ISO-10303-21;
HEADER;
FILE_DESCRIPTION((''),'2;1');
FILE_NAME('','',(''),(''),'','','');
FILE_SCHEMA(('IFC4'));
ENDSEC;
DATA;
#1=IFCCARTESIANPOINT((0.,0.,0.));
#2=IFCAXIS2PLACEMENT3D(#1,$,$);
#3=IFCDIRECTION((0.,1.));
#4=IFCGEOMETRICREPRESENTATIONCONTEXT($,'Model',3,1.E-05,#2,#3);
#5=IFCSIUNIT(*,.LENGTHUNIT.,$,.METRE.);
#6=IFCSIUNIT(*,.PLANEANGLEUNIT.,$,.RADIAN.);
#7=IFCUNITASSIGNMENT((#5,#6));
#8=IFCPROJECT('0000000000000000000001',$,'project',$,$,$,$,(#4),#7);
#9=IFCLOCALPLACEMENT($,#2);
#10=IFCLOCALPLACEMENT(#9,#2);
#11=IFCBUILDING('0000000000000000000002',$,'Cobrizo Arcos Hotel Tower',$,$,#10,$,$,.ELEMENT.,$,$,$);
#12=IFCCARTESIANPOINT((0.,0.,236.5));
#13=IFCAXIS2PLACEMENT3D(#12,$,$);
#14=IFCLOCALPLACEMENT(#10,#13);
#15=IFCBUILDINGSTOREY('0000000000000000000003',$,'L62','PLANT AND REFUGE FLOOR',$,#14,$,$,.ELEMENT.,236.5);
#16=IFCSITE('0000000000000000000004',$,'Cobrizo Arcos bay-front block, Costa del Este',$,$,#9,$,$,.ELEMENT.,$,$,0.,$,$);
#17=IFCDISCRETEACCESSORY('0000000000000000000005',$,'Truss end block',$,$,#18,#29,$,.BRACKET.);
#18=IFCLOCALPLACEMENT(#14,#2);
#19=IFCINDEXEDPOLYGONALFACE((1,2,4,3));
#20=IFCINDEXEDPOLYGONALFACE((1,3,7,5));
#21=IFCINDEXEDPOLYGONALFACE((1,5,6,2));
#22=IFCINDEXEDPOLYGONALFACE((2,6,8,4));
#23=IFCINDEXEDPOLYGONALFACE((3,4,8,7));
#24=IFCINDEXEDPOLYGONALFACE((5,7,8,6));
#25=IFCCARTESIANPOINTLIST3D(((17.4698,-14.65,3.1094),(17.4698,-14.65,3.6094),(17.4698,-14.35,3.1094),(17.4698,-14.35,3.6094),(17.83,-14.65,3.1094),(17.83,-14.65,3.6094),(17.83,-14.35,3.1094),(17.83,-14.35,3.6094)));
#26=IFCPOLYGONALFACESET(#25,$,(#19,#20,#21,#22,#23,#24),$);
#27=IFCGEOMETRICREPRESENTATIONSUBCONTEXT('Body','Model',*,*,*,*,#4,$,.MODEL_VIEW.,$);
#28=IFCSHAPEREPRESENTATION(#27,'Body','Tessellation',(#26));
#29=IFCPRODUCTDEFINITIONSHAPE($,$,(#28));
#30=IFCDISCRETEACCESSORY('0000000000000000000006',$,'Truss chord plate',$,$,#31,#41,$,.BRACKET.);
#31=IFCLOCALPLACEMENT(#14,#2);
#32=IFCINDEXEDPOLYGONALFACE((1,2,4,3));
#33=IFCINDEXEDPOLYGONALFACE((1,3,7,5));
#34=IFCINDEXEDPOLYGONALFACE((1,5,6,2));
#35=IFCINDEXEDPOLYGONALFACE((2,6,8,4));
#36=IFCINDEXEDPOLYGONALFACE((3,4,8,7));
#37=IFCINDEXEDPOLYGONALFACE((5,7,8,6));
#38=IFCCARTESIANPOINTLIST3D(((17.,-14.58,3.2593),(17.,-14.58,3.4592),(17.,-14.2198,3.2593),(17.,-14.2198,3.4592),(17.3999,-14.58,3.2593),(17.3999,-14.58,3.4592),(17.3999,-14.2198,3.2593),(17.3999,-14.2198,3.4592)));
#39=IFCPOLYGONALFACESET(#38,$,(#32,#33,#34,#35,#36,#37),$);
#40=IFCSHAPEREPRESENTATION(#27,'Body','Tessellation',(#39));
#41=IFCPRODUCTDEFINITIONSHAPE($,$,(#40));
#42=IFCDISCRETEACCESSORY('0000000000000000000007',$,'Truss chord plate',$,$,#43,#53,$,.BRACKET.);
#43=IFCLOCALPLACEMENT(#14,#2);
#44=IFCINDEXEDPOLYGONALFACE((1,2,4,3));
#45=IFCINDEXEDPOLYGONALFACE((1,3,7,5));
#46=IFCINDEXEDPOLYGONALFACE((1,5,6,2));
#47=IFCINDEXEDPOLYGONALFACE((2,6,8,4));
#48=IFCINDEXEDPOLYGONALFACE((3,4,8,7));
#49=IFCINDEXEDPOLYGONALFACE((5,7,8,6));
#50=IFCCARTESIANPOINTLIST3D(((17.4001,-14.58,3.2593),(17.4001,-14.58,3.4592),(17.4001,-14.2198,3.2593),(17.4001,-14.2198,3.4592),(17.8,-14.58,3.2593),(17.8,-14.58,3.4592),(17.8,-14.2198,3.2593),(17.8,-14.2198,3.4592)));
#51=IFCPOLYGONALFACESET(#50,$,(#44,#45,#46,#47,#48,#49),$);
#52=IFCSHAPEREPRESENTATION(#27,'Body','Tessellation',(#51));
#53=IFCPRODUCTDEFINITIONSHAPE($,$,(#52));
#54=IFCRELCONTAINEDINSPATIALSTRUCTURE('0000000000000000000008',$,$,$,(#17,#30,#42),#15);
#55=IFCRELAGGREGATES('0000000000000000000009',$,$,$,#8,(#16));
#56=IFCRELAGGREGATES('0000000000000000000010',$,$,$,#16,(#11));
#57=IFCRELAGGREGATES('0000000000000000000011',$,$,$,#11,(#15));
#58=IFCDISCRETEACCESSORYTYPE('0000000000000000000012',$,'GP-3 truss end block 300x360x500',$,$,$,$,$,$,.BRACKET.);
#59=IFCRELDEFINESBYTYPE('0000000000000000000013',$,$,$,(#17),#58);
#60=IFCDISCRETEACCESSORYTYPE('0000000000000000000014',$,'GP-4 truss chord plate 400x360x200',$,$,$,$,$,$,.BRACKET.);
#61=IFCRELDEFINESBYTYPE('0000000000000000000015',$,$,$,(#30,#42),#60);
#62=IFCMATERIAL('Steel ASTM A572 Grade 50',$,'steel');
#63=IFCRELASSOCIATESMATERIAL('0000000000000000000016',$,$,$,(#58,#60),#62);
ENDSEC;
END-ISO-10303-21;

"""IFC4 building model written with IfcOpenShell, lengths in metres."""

from ifc_helpers import new_model, si_unit, direction, frame, origin, origin_2d, place, context, subcontext, project, spatial, rectangle, extrude, material, type_object, element, save


model = new_model("IFC4")

# Units and contexts
model_context = context("Model", 3, precision=1e-05, world=origin(), true_north=direction((0.0, 1.0)))
body_context = subcontext(model_context, "Body", "Model", "MODEL_VIEW")
ifc_project = project(units=[si_unit("LENGTHUNIT", "METRE"), si_unit("PLANEANGLEUNIT", "RADIAN")], contexts=[model_context])

# Site, building, storey
site_placement = place(None, origin())
site = spatial("IfcSite", under=ifc_project, at=site_placement, Name="Cobrizo Arcos bay-front block, Costa del Este", CompositionType="ELEMENT", RefElevation=0.0)
building_placement = place(site_placement, origin())
building = spatial("IfcBuilding", under=site, at=building_placement, Name="Cobrizo Arcos Hotel Tower", CompositionType="ELEMENT")
storey_placement = place(building_placement, frame((0.0, 0.0, 236.5)))
storey = spatial("IfcBuildingStorey", under=building, at=storey_placement, Name="L62", Description="PLANT AND REFUGE FLOOR", CompositionType="ELEMENT", Elevation=236.5)

# Shared definitions
ifc_material_1 = material(Name="Steel ASTM A572 Grade 50", Category="steel")

# Discrete accessories
discrete_accessory_type_1 = type_object("IfcDiscreteAccessoryType", Name="GP-3 truss end block 300x360x500", PredefinedType="BRACKET", material=ifc_material_1)
for number, where, z_axis, x_axis, name in (
    (1, (17.6499, -14.5, 3.1094), (0.0, 0.0, 1.0), (0.0, 1.0, 0.0), "Truss end block"),
):
    element("IfcDiscreteAccessory", number, at=place(storey_placement, frame(where, z_axis=z_axis, x_axis=x_axis)), inside=storey, type_object=discrete_accessory_type_1, Name=name, PredefinedType="BRACKET", context=body_context, shape_type="SweptSolid", body=[
        extrude(rectangle(XDim=0.3, YDim=0.3601, at=origin_2d()), origin(), (0.0, 0.0, 1.0), 0.5),
    ])
discrete_accessory_type_2 = type_object("IfcDiscreteAccessoryType", Name="GP-4 truss chord plate 400x360x200", PredefinedType="BRACKET", material=ifc_material_1)
for number, where, z_axis, x_axis, name in (
    (2, (17.2, -14.3999, 3.2593), (0.0, 0.0, 1.0), (1.0, 0.0, 0.0), "Truss chord plate"),
    (3, (17.6001, -14.3999, 3.2593), (0.0, 0.0, 1.0), (1.0, 0.0, 0.0), "Truss chord plate"),
):
    element("IfcDiscreteAccessory", number, at=place(storey_placement, frame(where, z_axis=z_axis, x_axis=x_axis)), inside=storey, type_object=discrete_accessory_type_2, Name=name, PredefinedType="BRACKET", context=body_context, shape_type="SweptSolid", body=[
        extrude(rectangle(XDim=0.3999, YDim=0.3601, at=origin_2d()), origin(), (0.0, 0.0, 1.0), 0.2),
    ])

save(model, "model.ifc")
